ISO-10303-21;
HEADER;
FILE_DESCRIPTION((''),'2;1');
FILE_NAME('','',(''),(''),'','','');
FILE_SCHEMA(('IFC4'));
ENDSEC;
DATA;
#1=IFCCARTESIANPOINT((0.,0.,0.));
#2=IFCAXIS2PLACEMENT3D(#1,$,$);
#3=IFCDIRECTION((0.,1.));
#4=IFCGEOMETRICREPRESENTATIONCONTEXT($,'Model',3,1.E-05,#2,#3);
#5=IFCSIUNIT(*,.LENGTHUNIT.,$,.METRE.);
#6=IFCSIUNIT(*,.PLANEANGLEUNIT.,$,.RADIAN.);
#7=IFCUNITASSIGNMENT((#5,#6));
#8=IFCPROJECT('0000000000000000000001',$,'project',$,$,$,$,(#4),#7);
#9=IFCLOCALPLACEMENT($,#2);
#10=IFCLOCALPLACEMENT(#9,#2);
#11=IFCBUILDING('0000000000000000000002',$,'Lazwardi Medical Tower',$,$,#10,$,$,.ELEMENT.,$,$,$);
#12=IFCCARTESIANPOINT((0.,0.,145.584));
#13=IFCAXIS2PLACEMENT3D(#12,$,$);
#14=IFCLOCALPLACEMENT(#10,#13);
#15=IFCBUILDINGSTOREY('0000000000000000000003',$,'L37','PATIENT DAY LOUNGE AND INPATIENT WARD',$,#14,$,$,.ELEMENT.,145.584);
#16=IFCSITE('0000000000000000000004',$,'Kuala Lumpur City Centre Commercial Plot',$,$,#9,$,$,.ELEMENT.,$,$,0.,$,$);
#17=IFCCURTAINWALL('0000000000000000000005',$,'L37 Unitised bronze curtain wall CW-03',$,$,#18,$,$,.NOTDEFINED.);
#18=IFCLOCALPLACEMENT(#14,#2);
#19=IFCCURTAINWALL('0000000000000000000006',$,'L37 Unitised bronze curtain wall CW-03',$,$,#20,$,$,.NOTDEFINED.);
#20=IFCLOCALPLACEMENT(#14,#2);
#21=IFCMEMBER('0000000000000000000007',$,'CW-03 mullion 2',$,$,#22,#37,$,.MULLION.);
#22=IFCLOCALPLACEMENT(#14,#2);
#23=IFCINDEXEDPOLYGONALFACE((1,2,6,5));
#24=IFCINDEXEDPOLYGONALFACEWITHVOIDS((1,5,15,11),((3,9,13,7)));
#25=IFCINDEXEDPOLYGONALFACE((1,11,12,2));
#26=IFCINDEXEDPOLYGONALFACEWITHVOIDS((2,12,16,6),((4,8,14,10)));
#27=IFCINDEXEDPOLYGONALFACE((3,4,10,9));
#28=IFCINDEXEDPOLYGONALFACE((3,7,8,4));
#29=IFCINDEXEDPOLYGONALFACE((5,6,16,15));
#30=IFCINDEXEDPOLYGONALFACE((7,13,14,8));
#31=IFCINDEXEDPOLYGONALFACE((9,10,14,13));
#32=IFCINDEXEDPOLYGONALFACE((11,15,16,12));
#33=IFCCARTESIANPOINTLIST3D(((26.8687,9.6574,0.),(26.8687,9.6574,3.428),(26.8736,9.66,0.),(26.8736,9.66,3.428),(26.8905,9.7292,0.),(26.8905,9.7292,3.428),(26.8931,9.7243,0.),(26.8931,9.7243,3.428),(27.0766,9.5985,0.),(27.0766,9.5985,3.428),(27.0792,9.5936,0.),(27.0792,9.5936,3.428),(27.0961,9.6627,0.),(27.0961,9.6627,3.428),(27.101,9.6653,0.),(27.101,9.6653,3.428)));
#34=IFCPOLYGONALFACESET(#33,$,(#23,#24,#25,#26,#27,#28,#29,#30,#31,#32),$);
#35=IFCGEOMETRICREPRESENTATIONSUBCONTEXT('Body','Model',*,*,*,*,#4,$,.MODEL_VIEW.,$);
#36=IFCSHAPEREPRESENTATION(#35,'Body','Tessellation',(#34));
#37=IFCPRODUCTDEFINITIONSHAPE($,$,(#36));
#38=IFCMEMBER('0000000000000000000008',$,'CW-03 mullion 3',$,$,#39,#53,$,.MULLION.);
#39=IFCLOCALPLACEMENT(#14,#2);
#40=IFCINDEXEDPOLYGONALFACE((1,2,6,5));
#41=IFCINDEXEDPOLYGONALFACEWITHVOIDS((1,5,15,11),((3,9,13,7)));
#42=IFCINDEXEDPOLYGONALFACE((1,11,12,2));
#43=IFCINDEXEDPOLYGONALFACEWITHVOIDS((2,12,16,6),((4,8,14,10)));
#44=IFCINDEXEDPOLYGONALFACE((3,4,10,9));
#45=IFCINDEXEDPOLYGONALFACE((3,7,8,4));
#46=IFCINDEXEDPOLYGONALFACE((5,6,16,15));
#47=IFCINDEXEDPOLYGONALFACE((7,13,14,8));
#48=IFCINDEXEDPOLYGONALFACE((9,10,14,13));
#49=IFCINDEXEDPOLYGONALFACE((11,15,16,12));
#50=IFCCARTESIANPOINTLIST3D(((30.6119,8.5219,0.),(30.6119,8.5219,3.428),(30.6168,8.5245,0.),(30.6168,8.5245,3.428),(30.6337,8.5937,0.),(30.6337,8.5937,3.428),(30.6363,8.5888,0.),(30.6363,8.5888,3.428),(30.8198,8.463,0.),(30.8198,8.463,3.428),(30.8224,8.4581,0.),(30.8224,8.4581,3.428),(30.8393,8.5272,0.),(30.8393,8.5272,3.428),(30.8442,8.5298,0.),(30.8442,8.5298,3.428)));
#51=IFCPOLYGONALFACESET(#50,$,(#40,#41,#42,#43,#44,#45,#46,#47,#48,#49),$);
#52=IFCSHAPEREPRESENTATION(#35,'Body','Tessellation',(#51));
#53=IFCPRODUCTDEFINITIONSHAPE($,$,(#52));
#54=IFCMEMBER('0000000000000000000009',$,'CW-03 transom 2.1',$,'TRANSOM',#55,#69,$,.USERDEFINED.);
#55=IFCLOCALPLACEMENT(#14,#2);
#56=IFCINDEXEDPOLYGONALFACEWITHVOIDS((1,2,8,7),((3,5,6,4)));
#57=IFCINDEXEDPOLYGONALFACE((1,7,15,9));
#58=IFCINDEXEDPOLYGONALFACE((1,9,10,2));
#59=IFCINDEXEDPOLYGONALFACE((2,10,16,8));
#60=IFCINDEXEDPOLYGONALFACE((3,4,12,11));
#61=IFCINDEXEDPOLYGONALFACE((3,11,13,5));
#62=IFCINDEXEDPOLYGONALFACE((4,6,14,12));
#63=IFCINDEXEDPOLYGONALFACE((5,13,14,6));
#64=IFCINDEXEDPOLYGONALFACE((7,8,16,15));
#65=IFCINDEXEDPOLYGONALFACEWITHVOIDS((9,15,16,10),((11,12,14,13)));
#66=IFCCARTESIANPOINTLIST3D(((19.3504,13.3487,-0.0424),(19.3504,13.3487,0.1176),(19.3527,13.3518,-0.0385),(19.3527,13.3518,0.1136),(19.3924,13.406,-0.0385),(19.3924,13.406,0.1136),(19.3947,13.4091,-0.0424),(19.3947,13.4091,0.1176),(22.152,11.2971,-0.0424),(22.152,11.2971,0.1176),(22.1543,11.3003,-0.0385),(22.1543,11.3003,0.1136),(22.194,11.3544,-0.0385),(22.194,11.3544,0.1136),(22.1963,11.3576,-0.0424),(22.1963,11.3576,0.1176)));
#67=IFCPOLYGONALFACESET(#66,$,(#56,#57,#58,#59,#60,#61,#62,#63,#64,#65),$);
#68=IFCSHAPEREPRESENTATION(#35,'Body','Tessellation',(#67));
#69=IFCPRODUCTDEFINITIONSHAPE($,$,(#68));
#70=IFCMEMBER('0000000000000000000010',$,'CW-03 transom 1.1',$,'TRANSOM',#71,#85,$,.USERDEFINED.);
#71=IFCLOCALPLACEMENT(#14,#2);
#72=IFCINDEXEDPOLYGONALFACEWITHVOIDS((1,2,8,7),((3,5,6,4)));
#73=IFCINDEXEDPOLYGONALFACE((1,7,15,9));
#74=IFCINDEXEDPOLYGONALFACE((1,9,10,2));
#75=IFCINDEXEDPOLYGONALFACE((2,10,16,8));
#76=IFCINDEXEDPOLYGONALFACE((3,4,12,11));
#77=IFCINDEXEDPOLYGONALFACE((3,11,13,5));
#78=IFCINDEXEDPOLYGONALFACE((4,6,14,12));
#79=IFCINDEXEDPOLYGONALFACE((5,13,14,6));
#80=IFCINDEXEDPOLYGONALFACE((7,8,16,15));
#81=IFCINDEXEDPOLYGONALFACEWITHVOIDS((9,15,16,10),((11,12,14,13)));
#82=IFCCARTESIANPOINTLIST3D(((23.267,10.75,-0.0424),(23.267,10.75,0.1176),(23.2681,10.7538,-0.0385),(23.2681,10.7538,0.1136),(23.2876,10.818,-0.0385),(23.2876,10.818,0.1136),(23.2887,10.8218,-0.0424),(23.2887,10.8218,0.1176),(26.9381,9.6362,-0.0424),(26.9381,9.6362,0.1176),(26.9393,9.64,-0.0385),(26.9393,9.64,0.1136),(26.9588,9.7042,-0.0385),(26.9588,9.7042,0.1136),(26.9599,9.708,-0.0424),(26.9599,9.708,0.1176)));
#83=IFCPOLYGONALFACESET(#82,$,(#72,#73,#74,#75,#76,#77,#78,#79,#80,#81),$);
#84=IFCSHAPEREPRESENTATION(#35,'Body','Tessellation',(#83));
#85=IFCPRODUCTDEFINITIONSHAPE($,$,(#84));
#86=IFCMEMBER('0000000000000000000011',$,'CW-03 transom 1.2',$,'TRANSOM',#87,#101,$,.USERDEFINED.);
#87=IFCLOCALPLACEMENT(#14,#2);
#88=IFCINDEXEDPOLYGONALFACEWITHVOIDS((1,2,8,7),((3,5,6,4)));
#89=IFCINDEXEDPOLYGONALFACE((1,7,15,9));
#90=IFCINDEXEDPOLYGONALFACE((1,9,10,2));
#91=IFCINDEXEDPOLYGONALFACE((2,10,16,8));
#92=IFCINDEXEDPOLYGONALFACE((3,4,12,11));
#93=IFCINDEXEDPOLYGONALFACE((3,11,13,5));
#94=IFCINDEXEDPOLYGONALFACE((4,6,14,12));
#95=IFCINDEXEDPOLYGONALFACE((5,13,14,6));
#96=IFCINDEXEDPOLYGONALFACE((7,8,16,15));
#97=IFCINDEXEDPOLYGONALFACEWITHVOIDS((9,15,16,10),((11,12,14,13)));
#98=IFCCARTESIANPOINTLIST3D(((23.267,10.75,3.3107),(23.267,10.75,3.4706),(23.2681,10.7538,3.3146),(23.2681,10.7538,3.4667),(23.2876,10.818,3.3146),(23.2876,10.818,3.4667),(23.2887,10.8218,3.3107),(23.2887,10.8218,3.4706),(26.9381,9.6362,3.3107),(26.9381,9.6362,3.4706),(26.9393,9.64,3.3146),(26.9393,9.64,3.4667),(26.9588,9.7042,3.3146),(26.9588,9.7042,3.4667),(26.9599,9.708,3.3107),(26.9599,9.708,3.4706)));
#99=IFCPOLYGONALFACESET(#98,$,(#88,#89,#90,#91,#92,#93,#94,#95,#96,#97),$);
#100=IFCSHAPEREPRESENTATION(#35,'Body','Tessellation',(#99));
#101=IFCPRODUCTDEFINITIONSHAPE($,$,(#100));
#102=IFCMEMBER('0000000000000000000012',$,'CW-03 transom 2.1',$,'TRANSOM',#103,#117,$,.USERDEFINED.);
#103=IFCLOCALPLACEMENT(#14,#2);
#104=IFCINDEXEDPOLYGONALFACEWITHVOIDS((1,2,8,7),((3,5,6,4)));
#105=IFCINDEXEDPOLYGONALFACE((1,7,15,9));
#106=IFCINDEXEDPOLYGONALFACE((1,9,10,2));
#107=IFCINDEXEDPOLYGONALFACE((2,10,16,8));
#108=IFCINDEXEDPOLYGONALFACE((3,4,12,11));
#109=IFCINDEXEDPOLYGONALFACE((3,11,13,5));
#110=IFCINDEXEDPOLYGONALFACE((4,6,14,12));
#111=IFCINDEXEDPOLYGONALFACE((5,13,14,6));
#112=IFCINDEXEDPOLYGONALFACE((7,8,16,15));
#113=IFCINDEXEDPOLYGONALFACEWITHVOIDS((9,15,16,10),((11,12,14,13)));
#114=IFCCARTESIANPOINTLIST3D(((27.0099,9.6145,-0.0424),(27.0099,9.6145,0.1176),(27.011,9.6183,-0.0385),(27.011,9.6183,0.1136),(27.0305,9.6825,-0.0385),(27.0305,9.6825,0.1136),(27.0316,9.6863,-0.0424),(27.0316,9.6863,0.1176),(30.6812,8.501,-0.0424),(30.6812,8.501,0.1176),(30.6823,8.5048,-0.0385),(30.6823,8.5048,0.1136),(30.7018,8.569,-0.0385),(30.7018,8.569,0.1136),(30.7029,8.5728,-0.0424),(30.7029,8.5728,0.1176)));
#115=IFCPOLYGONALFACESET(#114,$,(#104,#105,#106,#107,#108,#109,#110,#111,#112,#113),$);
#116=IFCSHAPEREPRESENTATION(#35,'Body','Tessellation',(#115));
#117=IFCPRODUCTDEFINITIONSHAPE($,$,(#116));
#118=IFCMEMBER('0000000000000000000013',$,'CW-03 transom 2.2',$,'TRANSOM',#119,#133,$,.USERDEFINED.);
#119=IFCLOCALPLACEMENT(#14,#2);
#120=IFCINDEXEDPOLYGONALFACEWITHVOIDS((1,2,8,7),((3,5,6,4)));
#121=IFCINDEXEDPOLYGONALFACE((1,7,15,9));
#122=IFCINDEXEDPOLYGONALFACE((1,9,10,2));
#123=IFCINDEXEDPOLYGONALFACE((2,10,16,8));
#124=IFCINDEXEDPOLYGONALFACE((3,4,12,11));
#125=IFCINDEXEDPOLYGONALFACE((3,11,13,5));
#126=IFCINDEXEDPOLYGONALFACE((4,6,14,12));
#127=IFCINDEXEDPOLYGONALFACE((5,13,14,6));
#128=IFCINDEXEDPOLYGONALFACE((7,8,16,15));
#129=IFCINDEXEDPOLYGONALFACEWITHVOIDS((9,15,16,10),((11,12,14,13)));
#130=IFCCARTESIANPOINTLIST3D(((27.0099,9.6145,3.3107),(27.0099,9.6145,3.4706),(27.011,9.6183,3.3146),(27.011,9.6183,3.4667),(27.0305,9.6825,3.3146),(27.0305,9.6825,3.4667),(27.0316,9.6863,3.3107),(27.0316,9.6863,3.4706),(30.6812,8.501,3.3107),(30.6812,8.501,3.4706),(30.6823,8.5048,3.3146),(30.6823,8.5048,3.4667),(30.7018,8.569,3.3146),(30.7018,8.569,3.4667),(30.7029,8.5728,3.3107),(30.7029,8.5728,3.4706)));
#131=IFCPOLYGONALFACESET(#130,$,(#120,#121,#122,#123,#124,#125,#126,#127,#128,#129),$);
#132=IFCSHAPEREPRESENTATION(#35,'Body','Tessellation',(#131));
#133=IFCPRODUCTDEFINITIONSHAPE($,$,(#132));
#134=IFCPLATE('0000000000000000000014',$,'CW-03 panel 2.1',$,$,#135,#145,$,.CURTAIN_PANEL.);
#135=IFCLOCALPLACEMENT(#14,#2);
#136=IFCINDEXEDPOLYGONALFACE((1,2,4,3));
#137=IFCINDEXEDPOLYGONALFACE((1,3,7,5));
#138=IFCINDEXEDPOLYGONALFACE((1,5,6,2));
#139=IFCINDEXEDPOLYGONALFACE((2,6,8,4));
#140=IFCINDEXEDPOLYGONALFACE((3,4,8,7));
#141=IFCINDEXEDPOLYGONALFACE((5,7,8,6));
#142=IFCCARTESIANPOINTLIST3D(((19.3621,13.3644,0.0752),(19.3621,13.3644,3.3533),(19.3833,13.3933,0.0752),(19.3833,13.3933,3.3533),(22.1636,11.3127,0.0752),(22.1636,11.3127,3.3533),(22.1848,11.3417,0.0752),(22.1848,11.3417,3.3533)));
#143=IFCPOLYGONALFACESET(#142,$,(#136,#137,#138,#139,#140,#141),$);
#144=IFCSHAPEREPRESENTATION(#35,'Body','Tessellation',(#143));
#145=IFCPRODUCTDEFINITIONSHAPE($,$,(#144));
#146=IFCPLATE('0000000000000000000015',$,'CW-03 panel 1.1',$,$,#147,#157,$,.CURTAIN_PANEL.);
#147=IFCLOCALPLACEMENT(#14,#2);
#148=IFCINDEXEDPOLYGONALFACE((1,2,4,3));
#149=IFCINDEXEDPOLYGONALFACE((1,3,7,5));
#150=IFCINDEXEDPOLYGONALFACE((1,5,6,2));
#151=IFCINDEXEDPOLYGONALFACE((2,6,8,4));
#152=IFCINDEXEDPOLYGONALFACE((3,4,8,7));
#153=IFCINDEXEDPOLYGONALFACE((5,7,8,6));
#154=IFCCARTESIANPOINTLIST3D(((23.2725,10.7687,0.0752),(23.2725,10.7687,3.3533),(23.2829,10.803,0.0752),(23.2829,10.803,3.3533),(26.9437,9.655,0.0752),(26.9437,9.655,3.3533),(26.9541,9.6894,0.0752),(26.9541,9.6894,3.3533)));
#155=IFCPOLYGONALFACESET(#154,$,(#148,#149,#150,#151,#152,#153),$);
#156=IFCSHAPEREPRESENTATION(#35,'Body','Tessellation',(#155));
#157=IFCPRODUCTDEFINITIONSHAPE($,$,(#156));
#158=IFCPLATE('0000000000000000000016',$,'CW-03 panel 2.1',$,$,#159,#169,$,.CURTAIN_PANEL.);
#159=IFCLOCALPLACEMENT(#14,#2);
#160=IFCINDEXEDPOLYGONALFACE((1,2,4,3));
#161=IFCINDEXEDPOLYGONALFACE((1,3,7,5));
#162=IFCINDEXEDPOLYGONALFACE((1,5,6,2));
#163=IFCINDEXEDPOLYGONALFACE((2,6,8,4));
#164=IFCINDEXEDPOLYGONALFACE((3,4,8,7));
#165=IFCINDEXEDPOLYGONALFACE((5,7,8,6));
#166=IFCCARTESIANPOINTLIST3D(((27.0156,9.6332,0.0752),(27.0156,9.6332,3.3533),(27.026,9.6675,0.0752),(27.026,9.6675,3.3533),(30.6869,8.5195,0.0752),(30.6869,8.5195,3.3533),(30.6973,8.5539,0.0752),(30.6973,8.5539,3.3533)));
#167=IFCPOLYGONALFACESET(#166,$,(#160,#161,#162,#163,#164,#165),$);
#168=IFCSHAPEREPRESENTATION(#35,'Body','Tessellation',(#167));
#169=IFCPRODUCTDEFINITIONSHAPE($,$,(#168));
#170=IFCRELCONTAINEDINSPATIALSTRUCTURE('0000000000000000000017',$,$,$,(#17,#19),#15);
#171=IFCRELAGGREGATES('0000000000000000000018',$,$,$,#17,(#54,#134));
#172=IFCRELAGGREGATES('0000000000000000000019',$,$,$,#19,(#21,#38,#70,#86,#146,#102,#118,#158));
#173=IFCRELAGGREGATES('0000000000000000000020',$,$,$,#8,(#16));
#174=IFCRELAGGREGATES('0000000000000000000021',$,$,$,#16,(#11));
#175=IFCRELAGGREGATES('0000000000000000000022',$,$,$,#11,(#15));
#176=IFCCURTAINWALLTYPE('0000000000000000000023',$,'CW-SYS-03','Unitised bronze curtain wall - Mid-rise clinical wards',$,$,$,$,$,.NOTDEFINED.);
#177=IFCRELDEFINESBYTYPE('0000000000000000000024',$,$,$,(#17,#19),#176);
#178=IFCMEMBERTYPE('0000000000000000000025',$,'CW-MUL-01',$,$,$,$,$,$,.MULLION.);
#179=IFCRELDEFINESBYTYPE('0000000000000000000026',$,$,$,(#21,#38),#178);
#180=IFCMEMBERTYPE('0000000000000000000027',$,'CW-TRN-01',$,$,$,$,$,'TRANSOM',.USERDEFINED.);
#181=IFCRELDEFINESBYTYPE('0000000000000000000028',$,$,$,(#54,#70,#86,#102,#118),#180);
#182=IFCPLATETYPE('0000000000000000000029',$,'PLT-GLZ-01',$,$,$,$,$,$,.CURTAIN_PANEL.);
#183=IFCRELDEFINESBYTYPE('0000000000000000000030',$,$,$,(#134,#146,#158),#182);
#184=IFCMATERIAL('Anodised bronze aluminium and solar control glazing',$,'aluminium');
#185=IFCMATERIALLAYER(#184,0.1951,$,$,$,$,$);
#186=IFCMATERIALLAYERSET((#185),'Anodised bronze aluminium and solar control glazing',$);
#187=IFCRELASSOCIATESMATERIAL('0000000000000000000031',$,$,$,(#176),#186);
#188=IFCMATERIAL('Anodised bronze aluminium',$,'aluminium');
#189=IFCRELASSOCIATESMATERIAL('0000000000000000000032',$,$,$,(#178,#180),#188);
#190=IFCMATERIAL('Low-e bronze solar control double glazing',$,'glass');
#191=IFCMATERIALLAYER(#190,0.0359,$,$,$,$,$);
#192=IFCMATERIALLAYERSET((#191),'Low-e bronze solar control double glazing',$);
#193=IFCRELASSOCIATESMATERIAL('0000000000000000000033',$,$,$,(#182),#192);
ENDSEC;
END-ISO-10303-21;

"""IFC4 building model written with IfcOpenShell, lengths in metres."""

from ifc_helpers import new_model, si_unit, direction, frame, origin, origin_2d, place, context, subcontext, project, spatial, rectangle, hollow_rectangle, extrude, material, layer, layer_set, material_profile, profile_set, type_object, element, aggregate, save


model = new_model("IFC4")

# Units and contexts
model_context = context("Model", 3, precision=1e-05, world=origin(), true_north=direction((0.0, 1.0)))
body_context = subcontext(model_context, "Body", "Model", "MODEL_VIEW")
ifc_project = project(units=[si_unit("LENGTHUNIT", "METRE"), si_unit("PLANEANGLEUNIT", "RADIAN")], contexts=[model_context])

# Site, building, storey
site_placement = place(None, origin())
site = spatial("IfcSite", under=ifc_project, at=site_placement, Name="Kuala Lumpur City Centre Commercial Plot", CompositionType="ELEMENT", RefElevation=0.0)
building_placement = place(site_placement, origin())
building = spatial("IfcBuilding", under=site, at=building_placement, Name="Lazwardi Medical Tower", CompositionType="ELEMENT")
storey_placement = place(building_placement, frame((0.0, 0.0, 145.584)))
storey = spatial("IfcBuildingStorey", under=building, at=storey_placement, Name="L37", Description="PATIENT DAY LOUNGE AND INPATIENT WARD", CompositionType="ELEMENT", Elevation=145.584)

# Curtain wall
ifc_material_1 = material(Name="Anodised bronze aluminium and solar control glazing", Category="aluminium")
ifc_layer_1 = layer(ifc_material_1, 0.1951)
ifc_layer_set_1 = layer_set([ifc_layer_1], Name="Anodised bronze aluminium and solar control glazing")
curtain_wall_type = type_object("IfcCurtainWallType", Name="CW-SYS-03", Description="Unitised bronze curtain wall - Mid-rise clinical wards", PredefinedType="NOTDEFINED", material=ifc_layer_set_1)
curtain_wall_1_placement = place(storey_placement, origin())
curtain_wall_1 = element("IfcCurtainWall", 1, at=curtain_wall_1_placement, inside=storey, type_object=curtain_wall_type, Name="L37 Unitised bronze curtain wall CW-03", PredefinedType="NOTDEFINED")
ifc_material_2 = material(Name="Anodised bronze aluminium", Category="aluminium")
ifc_material_profile_1 = material_profile(ifc_material_2, hollow_rectangle(XDim=0.075, YDim=0.22, WallThickness=0.0039, at=origin_2d()), Name="ALU-MULLION 220x75x4")
ifc_profile_set_1 = profile_set([ifc_material_profile_1], Name="Anodised bronze aluminium")
member_type_1 = type_object("IfcMemberType", Name="CW-MUL-01", PredefinedType="MULLION", material=ifc_profile_set_1)

# Curtain wall, members
curtain_wall_2_placement = place(storey_placement, origin())
curtain_wall_2 = element("IfcCurtainWall", 2, at=curtain_wall_2_placement, inside=storey, type_object=curtain_wall_type, Name="L37 Unitised bronze curtain wall CW-03", PredefinedType="NOTDEFINED")
member_1_placement = place(storey_placement, frame((26.9849, 9.6614, 0.0), z_axis=(0.0, 0.0, 1.0), x_axis=(0.290281, 0.956942, 0.0)))
member_1 = element("IfcMember", 3, at=member_1_placement, type_object=member_type_1, Name="CW-03 mullion 2", PredefinedType="MULLION", context=body_context, shape_type="SweptSolid", body=[
    extrude(hollow_rectangle(XDim=0.075, YDim=0.22, WallThickness=0.0039, at=origin_2d()), origin(), (0.0, 0.0, 1.0), 3.428),
])
member_2_placement = place(storey_placement, frame((30.728, 8.5259, 0.0), z_axis=(0.0, 0.0, 1.0), x_axis=(0.290281, 0.956942, 0.0)))
member_2 = element("IfcMember", 4, at=member_2_placement, type_object=member_type_1, Name="CW-03 mullion 3", PredefinedType="MULLION", context=body_context, shape_type="SweptSolid", body=[
    extrude(hollow_rectangle(XDim=0.075, YDim=0.22, WallThickness=0.0039, at=origin_2d()), origin(), (0.0, 0.0, 1.0), 3.428),
])

# Members
ifc_material_profile_2 = material_profile(ifc_material_2, hollow_rectangle(XDim=0.075, YDim=0.1599, WallThickness=0.0039, at=origin_2d()), Name="ALU-TRANSOM 160x75x4")
ifc_profile_set_2 = profile_set([ifc_material_profile_2], Name="Anodised bronze aluminium")
member_type_2 = type_object("IfcMemberType", Name="CW-TRN-01", ElementType="TRANSOM", PredefinedType="USERDEFINED", material=ifc_profile_set_2)
member_3_placement = place(storey_placement, frame((19.3726, 13.3789, 0.0376), z_axis=(0.806807, -0.590815, 0.0), x_axis=(0.590815, 0.806807, 0.0)))
member_3 = element("IfcMember", 5, at=member_3_placement, type_object=member_type_2, Name="CW-03 transom 2.1", ObjectType="TRANSOM", PredefinedType="USERDEFINED", context=body_context, shape_type="SweptSolid", body=[
    extrude(hollow_rectangle(XDim=0.075, YDim=0.1599, WallThickness=0.0039, at=origin_2d()), origin(), (0.0, 0.0, 1.0), 3.4724),
])
member_4_placement = place(storey_placement, frame((23.2778, 10.7859, 0.0376), z_axis=(0.95693, -0.290318, 0.0), x_axis=(0.290318, 0.95693, 0.0)))
member_4 = element("IfcMember", 6, at=member_4_placement, type_object=member_type_2, Name="CW-03 transom 1.1", ObjectType="TRANSOM", PredefinedType="USERDEFINED", context=body_context, shape_type="SweptSolid", body=[
    extrude(hollow_rectangle(XDim=0.075, YDim=0.1599, WallThickness=0.0039, at=origin_2d()), origin(), (0.0, 0.0, 1.0), 3.8364),
])
member_5_placement = place(storey_placement, frame((23.2778, 10.7859, 3.3906), z_axis=(0.95693, -0.290318, 0.0), x_axis=(0.290318, 0.95693, 0.0)))
member_5 = element("IfcMember", 7, at=member_5_placement, type_object=member_type_2, Name="CW-03 transom 1.2", ObjectType="TRANSOM", PredefinedType="USERDEFINED", context=body_context, shape_type="SweptSolid", body=[
    extrude(hollow_rectangle(XDim=0.075, YDim=0.1599, WallThickness=0.0039, at=origin_2d()), origin(), (0.0, 0.0, 1.0), 3.8364),
])
member_6_placement = place(storey_placement, frame((27.0208, 9.6504, 0.0376), z_axis=(0.956953, -0.290242, 0.0), x_axis=(0.290242, 0.956953, 0.0)))
member_6 = element("IfcMember", 8, at=member_6_placement, type_object=member_type_2, Name="CW-03 transom 2.1", ObjectType="TRANSOM", PredefinedType="USERDEFINED", context=body_context, shape_type="SweptSolid", body=[
    extrude(hollow_rectangle(XDim=0.075, YDim=0.1599, WallThickness=0.0039, at=origin_2d()), origin(), (0.0, 0.0, 1.0), 3.8364),
])
member_7_placement = place(storey_placement, frame((27.0208, 9.6504, 3.3906), z_axis=(0.956953, -0.290242, 0.0), x_axis=(0.290242, 0.956953, 0.0)))
member_7 = element("IfcMember", 9, at=member_7_placement, type_object=member_type_2, Name="CW-03 transom 2.2", ObjectType="TRANSOM", PredefinedType="USERDEFINED", context=body_context, shape_type="SweptSolid", body=[
    extrude(hollow_rectangle(XDim=0.075, YDim=0.1599, WallThickness=0.0039, at=origin_2d()), origin(), (0.0, 0.0, 1.0), 3.8364),
])

# Plates
ifc_material_3 = material(Name="Low-e bronze solar control double glazing", Category="glass")
ifc_layer_2 = layer(ifc_material_3, 0.0359)
ifc_layer_set_2 = layer_set([ifc_layer_2], Name="Low-e bronze solar control double glazing")
plate_type = type_object("IfcPlateType", Name="PLT-GLZ-01", PredefinedType="CURTAIN_PANEL", material=ifc_layer_set_2)
plate_1_placement = place(storey_placement, frame((20.7734, 12.353, 0.0752), z_axis=(0.0, 0.0, 1.0), x_axis=(0.806793, -0.590834, 0.0)))
plate_1 = element("IfcPlate", 10, at=plate_1_placement, type_object=plate_type, Name="CW-03 panel 2.1", PredefinedType="CURTAIN_PANEL", context=body_context, shape_type="SweptSolid", body=[
    extrude(rectangle(XDim=3.4724, YDim=0.0359, at=origin_2d()), origin(), (0.0, 0.0, 1.0), 3.2781),
])
aggregate(curtain_wall_1, [member_3, plate_1])
plate_2_placement = place(storey_placement, frame((25.1133, 10.229, 0.0752), z_axis=(0.0, 0.0, 1.0), x_axis=(0.956942, -0.290281, 0.0)))
plate_2 = element("IfcPlate", 11, at=plate_2_placement, type_object=plate_type, Name="CW-03 panel 1.1", PredefinedType="CURTAIN_PANEL", context=body_context, shape_type="SweptSolid", body=[
    extrude(rectangle(XDim=3.8364, YDim=0.0359, at=origin_2d()), origin(), (0.0, 0.0, 1.0), 3.2781),
])
plate_3_placement = place(storey_placement, frame((28.8564, 9.0935, 0.0752), z_axis=(0.0, 0.0, 1.0), x_axis=(0.956942, -0.290281, 0.0)))
plate_3 = element("IfcPlate", 12, at=plate_3_placement, type_object=plate_type, Name="CW-03 panel 2.1", PredefinedType="CURTAIN_PANEL", context=body_context, shape_type="SweptSolid", body=[
    extrude(rectangle(XDim=3.8364, YDim=0.0359, at=origin_2d()), origin(), (0.0, 0.0, 1.0), 3.2781),
])
aggregate(curtain_wall_2, [member_1, member_2, member_4, member_5, plate_2, member_6, member_7, plate_3])

save(model, "model.ifc")
